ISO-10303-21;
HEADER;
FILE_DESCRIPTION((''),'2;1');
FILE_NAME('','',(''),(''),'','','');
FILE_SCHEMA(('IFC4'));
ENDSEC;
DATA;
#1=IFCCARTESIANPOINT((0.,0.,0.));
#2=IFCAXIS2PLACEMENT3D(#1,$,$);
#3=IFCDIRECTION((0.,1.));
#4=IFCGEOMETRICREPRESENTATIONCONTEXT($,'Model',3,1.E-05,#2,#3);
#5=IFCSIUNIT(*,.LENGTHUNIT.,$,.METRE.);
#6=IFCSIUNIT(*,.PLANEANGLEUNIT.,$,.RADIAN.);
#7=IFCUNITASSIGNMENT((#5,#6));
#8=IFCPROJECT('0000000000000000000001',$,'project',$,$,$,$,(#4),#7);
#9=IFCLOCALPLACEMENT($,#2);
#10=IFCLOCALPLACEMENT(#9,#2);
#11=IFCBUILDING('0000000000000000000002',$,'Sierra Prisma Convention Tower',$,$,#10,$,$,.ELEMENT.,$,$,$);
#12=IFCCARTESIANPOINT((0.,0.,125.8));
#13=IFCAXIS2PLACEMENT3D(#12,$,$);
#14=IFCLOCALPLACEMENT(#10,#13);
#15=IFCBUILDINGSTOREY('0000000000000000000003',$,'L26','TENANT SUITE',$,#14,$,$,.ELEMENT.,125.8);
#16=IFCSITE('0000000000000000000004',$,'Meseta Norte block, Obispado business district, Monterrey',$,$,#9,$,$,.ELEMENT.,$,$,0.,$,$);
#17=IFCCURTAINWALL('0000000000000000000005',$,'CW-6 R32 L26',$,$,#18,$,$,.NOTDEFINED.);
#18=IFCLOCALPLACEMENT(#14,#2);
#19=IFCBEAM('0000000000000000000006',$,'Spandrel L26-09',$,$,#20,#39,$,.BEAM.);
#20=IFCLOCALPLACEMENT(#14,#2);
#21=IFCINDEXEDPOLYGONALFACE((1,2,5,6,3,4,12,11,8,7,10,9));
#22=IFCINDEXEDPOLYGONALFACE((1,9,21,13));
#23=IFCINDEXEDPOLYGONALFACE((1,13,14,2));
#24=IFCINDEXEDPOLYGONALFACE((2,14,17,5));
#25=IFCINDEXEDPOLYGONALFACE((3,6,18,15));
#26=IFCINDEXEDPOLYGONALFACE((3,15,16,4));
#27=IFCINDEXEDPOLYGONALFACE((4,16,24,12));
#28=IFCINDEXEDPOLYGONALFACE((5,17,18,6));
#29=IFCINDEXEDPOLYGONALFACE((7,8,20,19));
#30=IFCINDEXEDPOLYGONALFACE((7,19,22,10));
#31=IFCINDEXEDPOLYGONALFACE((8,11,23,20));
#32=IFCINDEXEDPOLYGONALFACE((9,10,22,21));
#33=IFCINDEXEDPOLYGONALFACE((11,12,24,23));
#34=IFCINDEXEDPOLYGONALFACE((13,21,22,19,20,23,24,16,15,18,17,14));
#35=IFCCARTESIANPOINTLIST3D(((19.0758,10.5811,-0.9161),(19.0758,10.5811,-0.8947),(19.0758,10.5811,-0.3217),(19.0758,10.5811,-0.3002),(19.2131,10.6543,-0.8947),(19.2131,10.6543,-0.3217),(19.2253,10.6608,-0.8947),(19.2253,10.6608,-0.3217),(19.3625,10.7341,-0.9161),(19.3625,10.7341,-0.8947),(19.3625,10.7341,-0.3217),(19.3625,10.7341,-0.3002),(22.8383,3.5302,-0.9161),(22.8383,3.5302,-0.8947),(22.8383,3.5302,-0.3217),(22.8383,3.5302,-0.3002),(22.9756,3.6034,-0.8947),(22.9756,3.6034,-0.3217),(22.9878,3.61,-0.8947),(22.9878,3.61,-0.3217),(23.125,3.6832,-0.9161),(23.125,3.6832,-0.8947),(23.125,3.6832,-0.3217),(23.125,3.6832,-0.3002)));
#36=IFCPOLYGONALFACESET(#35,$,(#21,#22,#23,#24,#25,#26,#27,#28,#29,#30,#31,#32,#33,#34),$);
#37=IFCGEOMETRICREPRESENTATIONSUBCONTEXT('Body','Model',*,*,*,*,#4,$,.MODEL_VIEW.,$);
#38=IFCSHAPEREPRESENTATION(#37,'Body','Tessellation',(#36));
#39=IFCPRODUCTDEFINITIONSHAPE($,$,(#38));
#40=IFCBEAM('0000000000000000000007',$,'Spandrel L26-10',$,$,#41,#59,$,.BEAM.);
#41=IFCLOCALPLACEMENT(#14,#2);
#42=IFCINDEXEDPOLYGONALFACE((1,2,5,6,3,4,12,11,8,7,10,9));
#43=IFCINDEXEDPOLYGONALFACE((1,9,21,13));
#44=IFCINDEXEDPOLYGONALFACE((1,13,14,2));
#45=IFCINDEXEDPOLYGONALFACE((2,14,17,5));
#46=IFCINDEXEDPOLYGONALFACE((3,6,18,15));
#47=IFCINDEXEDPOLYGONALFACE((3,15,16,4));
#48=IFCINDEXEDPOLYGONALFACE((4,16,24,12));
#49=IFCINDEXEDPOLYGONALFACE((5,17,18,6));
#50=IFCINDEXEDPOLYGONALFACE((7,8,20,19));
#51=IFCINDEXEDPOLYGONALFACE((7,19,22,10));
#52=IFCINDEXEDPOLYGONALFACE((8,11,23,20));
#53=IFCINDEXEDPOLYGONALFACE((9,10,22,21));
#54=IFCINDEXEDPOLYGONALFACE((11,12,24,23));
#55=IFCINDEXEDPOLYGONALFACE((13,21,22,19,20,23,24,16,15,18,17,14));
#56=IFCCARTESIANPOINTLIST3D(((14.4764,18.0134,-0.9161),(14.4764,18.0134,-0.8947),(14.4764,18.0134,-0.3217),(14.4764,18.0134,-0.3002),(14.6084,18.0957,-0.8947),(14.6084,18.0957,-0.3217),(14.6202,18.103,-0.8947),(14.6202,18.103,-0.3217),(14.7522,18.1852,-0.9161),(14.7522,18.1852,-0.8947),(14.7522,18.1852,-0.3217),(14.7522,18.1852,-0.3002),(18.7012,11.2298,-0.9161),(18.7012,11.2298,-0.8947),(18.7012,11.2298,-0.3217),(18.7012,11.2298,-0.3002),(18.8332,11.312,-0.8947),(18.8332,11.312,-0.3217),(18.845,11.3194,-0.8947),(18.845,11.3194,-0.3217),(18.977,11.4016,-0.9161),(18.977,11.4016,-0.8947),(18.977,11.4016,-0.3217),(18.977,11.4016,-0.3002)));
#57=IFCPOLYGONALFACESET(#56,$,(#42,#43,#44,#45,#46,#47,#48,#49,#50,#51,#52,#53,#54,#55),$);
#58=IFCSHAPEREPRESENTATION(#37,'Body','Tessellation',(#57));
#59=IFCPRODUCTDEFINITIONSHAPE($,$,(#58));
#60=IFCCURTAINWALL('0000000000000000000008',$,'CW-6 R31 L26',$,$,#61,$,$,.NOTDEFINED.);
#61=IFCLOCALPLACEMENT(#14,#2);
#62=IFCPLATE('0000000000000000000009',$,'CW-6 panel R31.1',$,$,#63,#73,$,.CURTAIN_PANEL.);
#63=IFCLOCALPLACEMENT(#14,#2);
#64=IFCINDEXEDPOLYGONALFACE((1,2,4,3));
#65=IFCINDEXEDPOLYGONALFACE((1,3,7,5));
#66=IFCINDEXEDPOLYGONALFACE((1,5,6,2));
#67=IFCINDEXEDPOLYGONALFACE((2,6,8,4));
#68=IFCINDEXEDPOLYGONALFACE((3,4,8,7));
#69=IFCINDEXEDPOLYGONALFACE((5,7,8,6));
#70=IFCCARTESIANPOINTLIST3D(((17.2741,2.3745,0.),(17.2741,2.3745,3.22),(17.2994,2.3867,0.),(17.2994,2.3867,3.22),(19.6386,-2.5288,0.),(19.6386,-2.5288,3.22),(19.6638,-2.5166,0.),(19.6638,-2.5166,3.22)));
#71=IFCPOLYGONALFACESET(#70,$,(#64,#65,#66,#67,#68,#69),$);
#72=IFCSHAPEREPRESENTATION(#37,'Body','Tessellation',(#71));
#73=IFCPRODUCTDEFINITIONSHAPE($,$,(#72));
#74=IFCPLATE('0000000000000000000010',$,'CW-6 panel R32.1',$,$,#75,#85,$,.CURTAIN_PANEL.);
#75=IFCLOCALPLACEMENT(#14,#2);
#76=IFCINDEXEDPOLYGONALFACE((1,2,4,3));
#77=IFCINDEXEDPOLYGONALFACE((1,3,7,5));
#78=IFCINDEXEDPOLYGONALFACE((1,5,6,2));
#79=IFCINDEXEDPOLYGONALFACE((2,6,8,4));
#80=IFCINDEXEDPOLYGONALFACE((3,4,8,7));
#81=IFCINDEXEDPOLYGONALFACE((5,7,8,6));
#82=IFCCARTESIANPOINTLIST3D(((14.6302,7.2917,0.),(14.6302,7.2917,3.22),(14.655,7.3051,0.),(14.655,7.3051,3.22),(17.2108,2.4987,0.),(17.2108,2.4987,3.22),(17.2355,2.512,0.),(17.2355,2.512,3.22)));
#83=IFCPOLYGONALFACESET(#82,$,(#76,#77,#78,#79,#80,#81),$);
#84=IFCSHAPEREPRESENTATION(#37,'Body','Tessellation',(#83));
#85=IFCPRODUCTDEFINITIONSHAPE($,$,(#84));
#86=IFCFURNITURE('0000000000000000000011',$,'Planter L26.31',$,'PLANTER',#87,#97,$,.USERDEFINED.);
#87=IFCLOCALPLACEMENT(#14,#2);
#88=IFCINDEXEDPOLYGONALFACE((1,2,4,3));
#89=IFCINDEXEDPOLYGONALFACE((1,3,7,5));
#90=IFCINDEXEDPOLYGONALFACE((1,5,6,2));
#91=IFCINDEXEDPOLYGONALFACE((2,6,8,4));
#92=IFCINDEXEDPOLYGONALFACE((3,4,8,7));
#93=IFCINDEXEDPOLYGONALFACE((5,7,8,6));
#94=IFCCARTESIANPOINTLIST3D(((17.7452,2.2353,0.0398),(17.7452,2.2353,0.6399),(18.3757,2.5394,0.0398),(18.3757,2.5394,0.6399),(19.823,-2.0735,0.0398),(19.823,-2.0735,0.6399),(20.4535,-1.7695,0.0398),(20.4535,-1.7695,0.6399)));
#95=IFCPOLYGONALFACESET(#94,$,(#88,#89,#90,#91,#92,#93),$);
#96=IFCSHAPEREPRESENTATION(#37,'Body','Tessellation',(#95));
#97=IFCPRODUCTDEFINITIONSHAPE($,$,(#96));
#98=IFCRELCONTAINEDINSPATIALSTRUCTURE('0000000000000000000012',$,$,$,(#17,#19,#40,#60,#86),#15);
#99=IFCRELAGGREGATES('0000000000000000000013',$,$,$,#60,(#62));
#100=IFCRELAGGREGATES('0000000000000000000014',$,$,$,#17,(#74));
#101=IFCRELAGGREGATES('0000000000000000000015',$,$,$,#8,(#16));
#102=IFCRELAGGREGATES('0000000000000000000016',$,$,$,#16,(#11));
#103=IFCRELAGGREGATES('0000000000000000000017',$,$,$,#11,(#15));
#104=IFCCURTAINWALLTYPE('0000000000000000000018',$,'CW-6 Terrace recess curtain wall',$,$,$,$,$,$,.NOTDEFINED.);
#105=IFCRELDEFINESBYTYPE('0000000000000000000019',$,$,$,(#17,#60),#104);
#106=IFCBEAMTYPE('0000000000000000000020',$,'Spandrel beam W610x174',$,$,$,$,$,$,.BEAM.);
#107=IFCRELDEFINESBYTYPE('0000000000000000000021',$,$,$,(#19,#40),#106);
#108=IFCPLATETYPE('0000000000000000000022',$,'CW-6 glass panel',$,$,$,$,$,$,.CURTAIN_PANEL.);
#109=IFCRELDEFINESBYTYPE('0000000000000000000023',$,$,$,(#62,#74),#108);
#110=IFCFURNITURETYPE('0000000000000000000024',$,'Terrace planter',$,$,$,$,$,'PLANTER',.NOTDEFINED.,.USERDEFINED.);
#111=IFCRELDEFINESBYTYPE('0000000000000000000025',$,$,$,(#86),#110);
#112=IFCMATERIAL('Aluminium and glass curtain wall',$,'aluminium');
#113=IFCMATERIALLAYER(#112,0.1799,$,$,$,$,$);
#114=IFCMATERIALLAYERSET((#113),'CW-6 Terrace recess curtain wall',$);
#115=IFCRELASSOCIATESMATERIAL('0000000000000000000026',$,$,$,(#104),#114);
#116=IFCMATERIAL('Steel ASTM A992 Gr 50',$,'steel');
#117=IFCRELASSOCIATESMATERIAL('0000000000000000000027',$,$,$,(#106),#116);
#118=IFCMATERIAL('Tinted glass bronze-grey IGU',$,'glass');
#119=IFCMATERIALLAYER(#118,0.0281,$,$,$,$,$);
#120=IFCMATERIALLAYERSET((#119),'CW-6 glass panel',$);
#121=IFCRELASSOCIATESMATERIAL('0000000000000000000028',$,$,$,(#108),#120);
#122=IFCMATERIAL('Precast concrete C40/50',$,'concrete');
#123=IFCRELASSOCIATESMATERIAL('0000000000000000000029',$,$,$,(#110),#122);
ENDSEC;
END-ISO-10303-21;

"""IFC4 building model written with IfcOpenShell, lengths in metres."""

from ifc_helpers import new_model, si_unit, direction, frame, origin, origin_2d, place, context, subcontext, project, spatial, rectangle, i_section, extrude, material, layer, layer_set, material_profile, profile_set, type_object, element, aggregate, save


model = new_model("IFC4")

# Units and contexts
model_context = context("Model", 3, precision=1e-05, world=origin(), true_north=direction((0.0, 1.0)))
body_context = subcontext(model_context, "Body", "Model", "MODEL_VIEW")
ifc_project = project(units=[si_unit("LENGTHUNIT", "METRE"), si_unit("PLANEANGLEUNIT", "RADIAN")], contexts=[model_context])

# Site, building, storey
site_placement = place(None, origin())
site = spatial("IfcSite", under=ifc_project, at=site_placement, Name="Meseta Norte block, Obispado business district, Monterrey", CompositionType="ELEMENT", RefElevation=0.0)
building_placement = place(site_placement, origin())
building = spatial("IfcBuilding", under=site, at=building_placement, Name="Sierra Prisma Convention Tower", CompositionType="ELEMENT")
storey_placement = place(building_placement, frame((0.0, 0.0, 125.8)))
storey = spatial("IfcBuildingStorey", under=building, at=storey_placement, Name="L26", Description="TENANT SUITE", CompositionType="ELEMENT", Elevation=125.8)

# Curtain wall
ifc_material_1 = material(Name="Aluminium and glass curtain wall", Category="aluminium")
ifc_layer_1 = layer(ifc_material_1, 0.1799)
ifc_layer_set_1 = layer_set([ifc_layer_1], Name="CW-6 Terrace recess curtain wall")
curtain_wall_type = type_object("IfcCurtainWallType", Name="CW-6 Terrace recess curtain wall", PredefinedType="NOTDEFINED", material=ifc_layer_set_1)
curtain_wall_1_placement = place(storey_placement, origin())
curtain_wall_1 = element("IfcCurtainWall", 1, at=curtain_wall_1_placement, inside=storey, type_object=curtain_wall_type, Name="CW-6 R32 L26", PredefinedType="NOTDEFINED")

# Beams
ifc_material_2 = material(Name="Steel ASTM A992 Gr 50", Category="steel")
ifc_material_profile_1 = material_profile(ifc_material_2, i_section(OverallWidth=0.325, OverallDepth=0.616, WebThickness=0.0139, FlangeThickness=0.0215, at=origin_2d()), Name="W610x174")
ifc_profile_set_1 = profile_set([ifc_material_profile_1], Name="Steel ASTM A992 Gr 50")
beam_type_1 = type_object("IfcBeamType", Name="Spandrel beam W610x174", PredefinedType="BEAM", material=ifc_profile_set_1)
beam_1_placement = place(storey_placement, frame((22.9817, 3.6067, -0.6082), z_axis=(-0.470786, 0.882247, 0.0), x_axis=(-0.882247, -0.470786, 0.0)))
element("IfcBeam", 2, at=beam_1_placement, inside=storey, type_object=beam_type_1, Name="Spandrel L26-09", PredefinedType="BEAM", context=body_context, shape_type="SweptSolid", body=[
    extrude(i_section(OverallWidth=0.325, OverallDepth=0.616, WebThickness=0.0139, FlangeThickness=0.0215, at=origin_2d()), origin(), (0.0, 0.0, 1.0), 7.9919),
])
beam_2_placement = place(storey_placement, frame((18.8391, 11.3157, -0.6082), z_axis=(-0.528653, 0.848838, 0.0), x_axis=(-0.848838, -0.528653, 0.0)))
element("IfcBeam", 3, at=beam_2_placement, inside=storey, type_object=beam_type_1, Name="Spandrel L26-10", PredefinedType="BEAM", context=body_context, shape_type="SweptSolid", body=[
    extrude(i_section(OverallWidth=0.325, OverallDepth=0.616, WebThickness=0.0139, FlangeThickness=0.0215, at=origin_2d()), origin(), (0.0, 0.0, 1.0), 7.9917),
])

# Curtain wall, plate
curtain_wall_2_placement = place(storey_placement, origin())
curtain_wall_2 = element("IfcCurtainWall", 4, at=curtain_wall_2_placement, inside=storey, type_object=curtain_wall_type, Name="CW-6 R31 L26", PredefinedType="NOTDEFINED")
ifc_material_3 = material(Name="Tinted glass bronze-grey IGU", Category="glass")
ifc_layer_2 = layer(ifc_material_3, 0.0281)
ifc_layer_set_2 = layer_set([ifc_layer_2], Name="CW-6 glass panel")
plate_type = type_object("IfcPlateType", Name="CW-6 glass panel", PredefinedType="CURTAIN_PANEL", material=ifc_layer_set_2)
plate_1_placement = place(storey_placement, frame((18.469, -0.071, 0.0), z_axis=(0.0, 0.0, 1.0), x_axis=(-0.434347, 0.900746, 0.0)))
plate_1 = element("IfcPlate", 5, at=plate_1_placement, type_object=plate_type, Name="CW-6 panel R31.1", PredefinedType="CURTAIN_PANEL", context=body_context, shape_type="SweptSolid", body=[
    extrude(rectangle(XDim=5.4436, YDim=0.0281, at=origin_2d()), origin(), (0.0, 0.0, 1.0), 3.22),
])
aggregate(curtain_wall_2, [plate_1])

# Plate
plate_2_placement = place(storey_placement, frame((15.9329, 4.9019, 0.0), z_axis=(0.0, 0.0, 1.0), x_axis=(-0.47405, 0.880498, 0.0)))
plate_2 = element("IfcPlate", 6, at=plate_2_placement, type_object=plate_type, Name="CW-6 panel R32.1", PredefinedType="CURTAIN_PANEL", context=body_context, shape_type="SweptSolid", body=[
    extrude(rectangle(XDim=5.4436, YDim=0.0281, at=origin_2d()), origin(), (0.0, 0.0, 1.0), 3.22),
])
aggregate(curtain_wall_1, [plate_2])

# Furniture
ifc_material_4 = material(Name="Precast concrete C40/50", Category="concrete")
furniture_type = type_object("IfcFurnitureType", Name="Terrace planter", ElementType="PLANTER", AssemblyPlace="NOTDEFINED", PredefinedType="USERDEFINED", material=ifc_material_4)
furniture_placement = place(storey_placement, frame((19.0994, 0.2329, 0.0398), z_axis=(0.0, 0.0, 1.0), x_axis=(-0.434347, 0.900746, 0.0)))
element("IfcFurniture", 7, at=furniture_placement, inside=storey, type_object=furniture_type, Name="Planter L26.31", ObjectType="PLANTER", PredefinedType="USERDEFINED", context=body_context, shape_type="SweptSolid", body=[
    extrude(rectangle(XDim=4.7837, YDim=0.7, at=origin_2d()), origin(), (0.0, 0.0, 1.0), 0.6001),
])

save(model, "model.ifc")
